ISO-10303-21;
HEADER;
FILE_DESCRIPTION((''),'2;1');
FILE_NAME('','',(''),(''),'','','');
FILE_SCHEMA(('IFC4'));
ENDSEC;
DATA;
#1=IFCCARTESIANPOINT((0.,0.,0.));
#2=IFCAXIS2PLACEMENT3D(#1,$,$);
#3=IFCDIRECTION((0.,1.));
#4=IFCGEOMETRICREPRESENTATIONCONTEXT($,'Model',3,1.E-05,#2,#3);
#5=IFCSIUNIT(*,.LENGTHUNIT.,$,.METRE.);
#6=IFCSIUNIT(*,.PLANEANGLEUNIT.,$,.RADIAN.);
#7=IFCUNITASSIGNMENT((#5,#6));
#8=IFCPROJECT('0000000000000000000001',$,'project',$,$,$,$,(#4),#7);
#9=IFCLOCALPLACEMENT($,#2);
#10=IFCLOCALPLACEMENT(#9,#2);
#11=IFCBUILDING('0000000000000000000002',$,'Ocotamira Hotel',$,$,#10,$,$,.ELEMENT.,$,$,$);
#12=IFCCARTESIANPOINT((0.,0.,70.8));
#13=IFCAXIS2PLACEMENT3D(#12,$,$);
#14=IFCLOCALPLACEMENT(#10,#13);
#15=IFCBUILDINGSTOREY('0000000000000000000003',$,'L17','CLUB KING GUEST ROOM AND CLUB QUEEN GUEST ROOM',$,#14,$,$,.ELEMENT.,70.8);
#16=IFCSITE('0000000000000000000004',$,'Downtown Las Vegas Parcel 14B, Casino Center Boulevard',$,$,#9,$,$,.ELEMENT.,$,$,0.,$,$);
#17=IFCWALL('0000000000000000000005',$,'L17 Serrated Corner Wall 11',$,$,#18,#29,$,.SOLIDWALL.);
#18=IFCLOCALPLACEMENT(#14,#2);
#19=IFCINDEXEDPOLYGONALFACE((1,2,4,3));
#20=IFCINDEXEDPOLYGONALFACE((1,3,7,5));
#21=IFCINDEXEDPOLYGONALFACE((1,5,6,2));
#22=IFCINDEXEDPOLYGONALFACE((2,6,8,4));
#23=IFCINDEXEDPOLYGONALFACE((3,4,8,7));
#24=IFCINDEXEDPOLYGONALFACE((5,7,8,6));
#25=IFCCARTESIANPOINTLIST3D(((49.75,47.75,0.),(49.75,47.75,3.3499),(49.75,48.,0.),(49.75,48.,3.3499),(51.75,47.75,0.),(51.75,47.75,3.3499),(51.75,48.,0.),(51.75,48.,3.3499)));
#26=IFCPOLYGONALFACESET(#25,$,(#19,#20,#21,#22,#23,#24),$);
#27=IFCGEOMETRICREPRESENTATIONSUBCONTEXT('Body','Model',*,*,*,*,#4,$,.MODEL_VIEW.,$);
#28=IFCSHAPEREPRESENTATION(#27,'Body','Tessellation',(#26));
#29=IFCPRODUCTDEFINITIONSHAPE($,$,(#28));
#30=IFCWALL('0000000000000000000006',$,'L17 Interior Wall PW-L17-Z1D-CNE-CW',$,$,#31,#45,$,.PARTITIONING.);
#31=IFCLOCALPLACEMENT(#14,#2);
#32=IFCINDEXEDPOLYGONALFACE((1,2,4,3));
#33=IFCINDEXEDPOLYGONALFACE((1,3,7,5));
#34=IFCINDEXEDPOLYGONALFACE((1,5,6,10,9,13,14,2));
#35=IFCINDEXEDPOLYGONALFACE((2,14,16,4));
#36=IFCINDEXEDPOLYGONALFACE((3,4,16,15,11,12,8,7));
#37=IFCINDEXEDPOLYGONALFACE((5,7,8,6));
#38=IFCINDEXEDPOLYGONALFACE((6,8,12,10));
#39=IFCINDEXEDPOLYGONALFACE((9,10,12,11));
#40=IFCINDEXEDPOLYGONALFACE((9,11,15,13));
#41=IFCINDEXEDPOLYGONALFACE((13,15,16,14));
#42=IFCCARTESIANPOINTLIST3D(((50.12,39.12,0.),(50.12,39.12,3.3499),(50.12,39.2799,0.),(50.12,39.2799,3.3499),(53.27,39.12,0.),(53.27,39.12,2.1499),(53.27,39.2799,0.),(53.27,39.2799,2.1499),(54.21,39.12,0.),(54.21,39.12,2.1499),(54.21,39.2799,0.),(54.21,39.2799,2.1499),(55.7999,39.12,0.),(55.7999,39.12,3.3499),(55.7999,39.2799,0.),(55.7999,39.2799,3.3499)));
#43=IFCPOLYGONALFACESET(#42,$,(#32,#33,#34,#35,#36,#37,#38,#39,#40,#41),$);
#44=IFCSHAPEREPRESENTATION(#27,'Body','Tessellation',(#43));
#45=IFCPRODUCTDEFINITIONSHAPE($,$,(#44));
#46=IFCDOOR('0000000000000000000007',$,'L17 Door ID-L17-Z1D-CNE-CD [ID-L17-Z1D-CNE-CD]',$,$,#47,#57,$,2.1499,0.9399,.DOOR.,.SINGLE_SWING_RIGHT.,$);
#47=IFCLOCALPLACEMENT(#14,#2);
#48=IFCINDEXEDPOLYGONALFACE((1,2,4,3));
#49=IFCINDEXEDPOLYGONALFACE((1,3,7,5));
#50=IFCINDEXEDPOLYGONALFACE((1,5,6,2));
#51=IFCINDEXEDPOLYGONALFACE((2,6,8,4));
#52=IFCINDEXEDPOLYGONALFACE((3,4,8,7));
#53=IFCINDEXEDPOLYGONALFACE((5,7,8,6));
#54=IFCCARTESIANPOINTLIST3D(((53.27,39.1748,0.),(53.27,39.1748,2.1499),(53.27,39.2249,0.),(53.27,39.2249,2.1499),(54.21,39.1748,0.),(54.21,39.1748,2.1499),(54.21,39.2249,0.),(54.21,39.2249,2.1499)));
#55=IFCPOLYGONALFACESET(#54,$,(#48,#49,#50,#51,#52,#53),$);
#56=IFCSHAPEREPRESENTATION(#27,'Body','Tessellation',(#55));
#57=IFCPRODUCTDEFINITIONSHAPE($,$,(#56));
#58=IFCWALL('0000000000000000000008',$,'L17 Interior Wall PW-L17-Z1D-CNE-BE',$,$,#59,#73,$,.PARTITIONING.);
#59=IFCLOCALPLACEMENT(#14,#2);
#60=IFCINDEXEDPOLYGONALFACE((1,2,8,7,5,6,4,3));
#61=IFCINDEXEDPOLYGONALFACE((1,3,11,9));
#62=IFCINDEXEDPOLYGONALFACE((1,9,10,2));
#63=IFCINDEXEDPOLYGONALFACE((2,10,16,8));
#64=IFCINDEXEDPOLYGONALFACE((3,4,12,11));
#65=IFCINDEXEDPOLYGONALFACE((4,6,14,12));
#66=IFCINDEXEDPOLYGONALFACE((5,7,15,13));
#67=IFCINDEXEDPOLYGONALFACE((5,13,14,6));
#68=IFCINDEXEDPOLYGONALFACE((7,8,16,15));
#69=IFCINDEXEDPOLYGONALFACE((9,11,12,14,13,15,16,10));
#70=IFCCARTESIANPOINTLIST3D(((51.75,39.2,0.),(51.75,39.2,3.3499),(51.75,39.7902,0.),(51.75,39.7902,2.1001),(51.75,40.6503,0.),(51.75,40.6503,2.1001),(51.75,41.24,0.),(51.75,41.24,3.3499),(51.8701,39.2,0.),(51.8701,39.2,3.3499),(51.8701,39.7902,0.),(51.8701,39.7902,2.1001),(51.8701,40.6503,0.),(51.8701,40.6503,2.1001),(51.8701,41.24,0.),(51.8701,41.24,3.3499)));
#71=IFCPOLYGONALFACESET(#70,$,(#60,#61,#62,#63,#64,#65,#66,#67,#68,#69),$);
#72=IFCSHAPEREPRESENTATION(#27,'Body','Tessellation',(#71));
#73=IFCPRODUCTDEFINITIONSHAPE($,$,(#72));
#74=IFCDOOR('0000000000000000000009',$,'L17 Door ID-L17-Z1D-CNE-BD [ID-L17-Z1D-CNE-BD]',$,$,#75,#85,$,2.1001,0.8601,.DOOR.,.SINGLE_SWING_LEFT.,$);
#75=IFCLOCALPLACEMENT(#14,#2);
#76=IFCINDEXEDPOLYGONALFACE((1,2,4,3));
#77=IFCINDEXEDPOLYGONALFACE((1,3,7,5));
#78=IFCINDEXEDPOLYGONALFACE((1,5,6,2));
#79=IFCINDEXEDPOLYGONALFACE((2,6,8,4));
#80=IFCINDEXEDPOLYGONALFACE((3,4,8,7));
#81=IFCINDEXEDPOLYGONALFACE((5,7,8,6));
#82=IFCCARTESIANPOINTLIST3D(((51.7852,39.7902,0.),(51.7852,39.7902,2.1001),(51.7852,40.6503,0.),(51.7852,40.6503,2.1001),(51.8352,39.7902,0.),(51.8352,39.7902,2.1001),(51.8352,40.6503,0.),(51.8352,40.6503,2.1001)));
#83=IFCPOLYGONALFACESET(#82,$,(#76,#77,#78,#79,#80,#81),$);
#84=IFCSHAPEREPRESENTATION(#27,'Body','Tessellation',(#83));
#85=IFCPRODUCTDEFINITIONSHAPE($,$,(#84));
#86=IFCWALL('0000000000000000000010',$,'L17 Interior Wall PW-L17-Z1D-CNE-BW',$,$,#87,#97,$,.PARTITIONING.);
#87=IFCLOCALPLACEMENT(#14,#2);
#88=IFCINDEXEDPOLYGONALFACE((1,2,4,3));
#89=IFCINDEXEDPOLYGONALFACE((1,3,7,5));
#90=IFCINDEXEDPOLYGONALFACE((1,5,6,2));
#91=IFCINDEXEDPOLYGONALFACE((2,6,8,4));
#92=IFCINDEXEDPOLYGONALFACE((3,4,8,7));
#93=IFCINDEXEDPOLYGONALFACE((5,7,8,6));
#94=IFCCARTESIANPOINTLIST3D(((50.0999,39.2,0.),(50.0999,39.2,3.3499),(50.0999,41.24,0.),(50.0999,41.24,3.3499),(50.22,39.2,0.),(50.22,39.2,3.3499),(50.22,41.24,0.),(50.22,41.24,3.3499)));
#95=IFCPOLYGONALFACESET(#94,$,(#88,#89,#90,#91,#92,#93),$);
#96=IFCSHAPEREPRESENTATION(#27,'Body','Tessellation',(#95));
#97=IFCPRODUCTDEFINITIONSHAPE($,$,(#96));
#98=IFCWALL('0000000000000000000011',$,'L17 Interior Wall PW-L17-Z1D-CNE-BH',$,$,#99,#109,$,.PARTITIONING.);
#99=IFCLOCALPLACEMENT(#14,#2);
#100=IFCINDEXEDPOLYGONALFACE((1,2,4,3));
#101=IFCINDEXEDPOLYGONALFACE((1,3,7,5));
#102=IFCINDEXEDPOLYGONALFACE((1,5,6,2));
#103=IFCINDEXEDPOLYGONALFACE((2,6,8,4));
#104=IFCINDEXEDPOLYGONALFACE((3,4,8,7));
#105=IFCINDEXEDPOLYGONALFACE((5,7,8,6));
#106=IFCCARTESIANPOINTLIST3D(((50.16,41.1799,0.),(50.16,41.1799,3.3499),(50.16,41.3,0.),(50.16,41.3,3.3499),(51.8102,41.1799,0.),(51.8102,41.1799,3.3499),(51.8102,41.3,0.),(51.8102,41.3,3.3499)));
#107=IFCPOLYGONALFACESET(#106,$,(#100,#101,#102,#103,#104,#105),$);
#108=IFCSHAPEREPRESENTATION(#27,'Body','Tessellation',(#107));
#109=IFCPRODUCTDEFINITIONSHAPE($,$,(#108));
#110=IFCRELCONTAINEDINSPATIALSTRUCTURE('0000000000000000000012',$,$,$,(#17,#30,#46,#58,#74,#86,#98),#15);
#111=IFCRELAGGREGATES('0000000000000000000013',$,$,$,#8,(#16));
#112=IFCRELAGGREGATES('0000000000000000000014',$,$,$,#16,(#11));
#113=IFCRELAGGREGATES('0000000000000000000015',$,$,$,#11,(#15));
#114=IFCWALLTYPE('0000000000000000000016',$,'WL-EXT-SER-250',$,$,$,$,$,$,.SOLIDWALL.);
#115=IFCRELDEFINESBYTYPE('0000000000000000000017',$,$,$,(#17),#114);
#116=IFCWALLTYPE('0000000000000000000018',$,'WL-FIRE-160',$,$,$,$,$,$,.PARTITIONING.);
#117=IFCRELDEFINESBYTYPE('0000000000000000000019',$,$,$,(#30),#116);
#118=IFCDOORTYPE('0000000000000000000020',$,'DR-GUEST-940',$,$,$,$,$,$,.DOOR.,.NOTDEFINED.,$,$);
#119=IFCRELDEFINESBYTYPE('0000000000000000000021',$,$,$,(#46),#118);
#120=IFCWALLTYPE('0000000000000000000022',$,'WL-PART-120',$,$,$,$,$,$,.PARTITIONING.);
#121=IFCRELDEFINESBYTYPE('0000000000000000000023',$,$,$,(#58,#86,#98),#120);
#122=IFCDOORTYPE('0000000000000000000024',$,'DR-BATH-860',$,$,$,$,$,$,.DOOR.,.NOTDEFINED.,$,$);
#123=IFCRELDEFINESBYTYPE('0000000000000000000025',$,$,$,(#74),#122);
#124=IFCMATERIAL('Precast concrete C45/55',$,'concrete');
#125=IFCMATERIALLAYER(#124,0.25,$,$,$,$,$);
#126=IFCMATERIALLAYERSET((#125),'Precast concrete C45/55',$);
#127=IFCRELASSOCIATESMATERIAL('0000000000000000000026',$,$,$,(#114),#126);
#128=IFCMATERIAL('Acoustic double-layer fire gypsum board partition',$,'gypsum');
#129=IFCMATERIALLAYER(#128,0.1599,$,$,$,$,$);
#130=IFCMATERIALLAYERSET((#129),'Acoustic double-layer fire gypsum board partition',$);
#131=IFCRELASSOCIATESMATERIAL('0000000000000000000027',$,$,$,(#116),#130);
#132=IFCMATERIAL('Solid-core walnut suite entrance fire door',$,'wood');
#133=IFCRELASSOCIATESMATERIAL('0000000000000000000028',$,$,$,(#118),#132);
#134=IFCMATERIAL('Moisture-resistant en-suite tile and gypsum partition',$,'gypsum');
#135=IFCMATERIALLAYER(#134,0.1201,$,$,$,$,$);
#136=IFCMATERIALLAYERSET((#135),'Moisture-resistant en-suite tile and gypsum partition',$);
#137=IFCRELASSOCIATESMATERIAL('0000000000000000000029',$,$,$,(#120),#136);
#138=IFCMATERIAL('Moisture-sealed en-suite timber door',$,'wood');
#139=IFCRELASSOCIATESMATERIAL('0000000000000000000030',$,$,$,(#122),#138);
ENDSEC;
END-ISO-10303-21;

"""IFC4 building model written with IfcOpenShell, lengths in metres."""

from ifc_helpers import new_model, si_unit, direction, frame, frame_2d, origin, place, context, subcontext, project, spatial, rectangle, extrude, source, transform, mapped, material, layer, layer_set, type_object, element, fill, save


model = new_model("IFC4")

# Units and contexts
model_context = context("Model", 3, precision=1e-05, world=origin(), true_north=direction((0.0, 1.0)))
body_context = subcontext(model_context, "Body", "Model", "MODEL_VIEW")
ifc_project = project(units=[si_unit("LENGTHUNIT", "METRE"), si_unit("PLANEANGLEUNIT", "RADIAN")], contexts=[model_context])

# Site, building, storey
site_placement = place(None, origin())
site = spatial("IfcSite", under=ifc_project, at=site_placement, Name="Downtown Las Vegas Parcel 14B, Casino Center Boulevard", CompositionType="ELEMENT", RefElevation=0.0)
building_placement = place(site_placement, origin())
building = spatial("IfcBuilding", under=site, at=building_placement, Name="Ocotamira Hotel", CompositionType="ELEMENT")
storey_placement = place(building_placement, frame((0.0, 0.0, 70.8)))
storey = spatial("IfcBuildingStorey", under=building, at=storey_placement, Name="L17", Description="CLUB KING GUEST ROOM AND CLUB QUEEN GUEST ROOM", CompositionType="ELEMENT", Elevation=70.8)

# Wall
ifc_material_1 = material(Name="Precast concrete C45/55", Category="concrete")
ifc_layer_1 = layer(ifc_material_1, 0.25)
ifc_layer_set_1 = layer_set([ifc_layer_1], Name="Precast concrete C45/55")
wall_type_1 = type_object("IfcWallType", Name="WL-EXT-SER-250", PredefinedType="SOLIDWALL", material=ifc_layer_set_1)
for number, where, z_axis, x_axis, name in (
    (1, (51.75, 47.875, 0.0), (0.0, 0.0, 1.0), (-1.0, 0.0, 0.0), "L17 Serrated Corner Wall 11"),
):
    element("IfcWall", number, at=place(storey_placement, frame(where, z_axis=z_axis, x_axis=x_axis)), inside=storey, type_object=wall_type_1, Name=name, PredefinedType="SOLIDWALL", context=body_context, shape_type="SweptSolid", body=[
        extrude(rectangle(XDim=2.0, YDim=0.25, at=frame_2d((1.0, 0.0))), origin(), (0.0, 0.0, 1.0), 3.3499),
    ])

# Walls, openings, doors
ifc_material_2 = material(Name="Acoustic double-layer fire gypsum board partition", Category="gypsum")
ifc_layer_2 = layer(ifc_material_2, 0.1599)
ifc_layer_set_2 = layer_set([ifc_layer_2], Name="Acoustic double-layer fire gypsum board partition")
wall_type_2 = type_object("IfcWallType", Name="WL-FIRE-160", PredefinedType="PARTITIONING", material=ifc_layer_set_2)
wall_1_placement = place(storey_placement, frame((50.1201, 39.2, 0.0), z_axis=(0.0, 0.0, 1.0), x_axis=(1.0, 0.0, 0.0)))
wall_1 = element("IfcWall", 2, at=wall_1_placement, inside=storey, type_object=wall_type_2, Name="L17 Interior Wall PW-L17-Z1D-CNE-CW", PredefinedType="PARTITIONING", context=body_context, shape_type="SweptSolid", body=[
    extrude(rectangle(XDim=5.6799, YDim=0.1599, at=frame_2d((2.8398, 0.0))), origin(), (0.0, 0.0, 1.0), 3.3499),
])
opening_1_placement = place(wall_1_placement, frame((3.1499, 0.0, 0.0)))
opening_1 = element("IfcOpeningElement", 3, at=opening_1_placement, cuts=wall_1, PredefinedType="OPENING", context=body_context, shape_type="SweptSolid", body=[
    extrude(rectangle(XDim=0.9399, YDim=2.1499, at=frame_2d((0.47, 1.075))), frame((0.0, 0.0898, 0.0), z_axis=(0.0, -1.0, 0.0), x_axis=(1.0, 0.0, 0.0)), (0.0, 0.0, 1.0), 0.1799),
])
ifc_material_3 = material(Name="Solid-core walnut suite entrance fire door", Category="wood")
door_type_1 = type_object("IfcDoorType", Name="DR-GUEST-940", OperationType="NOTDEFINED", PredefinedType="DOOR", material=ifc_material_3)
shared_shape_1 = source(origin(), body_context, "Body", "SweptSolid", [
    extrude(rectangle(XDim=0.9399, YDim=2.1499, at=frame_2d((0.47, 1.075))), frame((0.0, 0.0249, 0.0), z_axis=(0.0, -1.0, 0.0), x_axis=(1.0, 0.0, 0.0)), (0.0, 0.0, 1.0), 0.05),
])
door_1_placement = place(opening_1_placement, origin())
door_1 = element("IfcDoor", 4, at=door_1_placement, inside=storey, type_object=door_type_1, Name="L17 Door ID-L17-Z1D-CNE-CD [ID-L17-Z1D-CNE-CD]", OperationType="SINGLE_SWING_RIGHT", OverallHeight=2.1499, OverallWidth=0.9399, PredefinedType="DOOR", context=body_context, shape_type="MappedRepresentation", body=[
    mapped(shared_shape_1, transform((0.0, 0.0, 0.0), scale=1.0)),
])
fill(opening_1, door_1)
ifc_material_4 = material(Name="Moisture-resistant en-suite tile and gypsum partition", Category="gypsum")
ifc_layer_3 = layer(ifc_material_4, 0.1201)
ifc_layer_set_3 = layer_set([ifc_layer_3], Name="Moisture-resistant en-suite tile and gypsum partition")
wall_type_3 = type_object("IfcWallType", Name="WL-PART-120", PredefinedType="PARTITIONING", material=ifc_layer_set_3)
wall_2_placement = place(storey_placement, frame((51.8101, 39.2, 0.0), z_axis=(0.0, 0.0, 1.0), x_axis=(0.0, 1.0, 0.0)))
wall_2 = element("IfcWall", 5, at=wall_2_placement, inside=storey, type_object=wall_type_3, Name="L17 Interior Wall PW-L17-Z1D-CNE-BE", PredefinedType="PARTITIONING", context=body_context, shape_type="SweptSolid", body=[
    extrude(rectangle(XDim=2.04, YDim=0.1201, at=frame_2d((1.02, 0.0))), origin(), (0.0, 0.0, 1.0), 3.3499),
])
opening_2_placement = place(wall_2_placement, frame((0.5901, 0.0, 0.0)))
opening_2 = element("IfcOpeningElement", 6, at=opening_2_placement, cuts=wall_2, PredefinedType="OPENING", context=body_context, shape_type="SweptSolid", body=[
    extrude(rectangle(XDim=0.8601, YDim=2.1001, at=frame_2d((0.4302, 1.05))), frame((0.0, 0.0701, 0.0), z_axis=(0.0, -1.0, 0.0), x_axis=(1.0, 0.0, 0.0)), (0.0, 0.0, 1.0), 0.1401),
])
ifc_material_5 = material(Name="Moisture-sealed en-suite timber door", Category="wood")
door_type_2 = type_object("IfcDoorType", Name="DR-BATH-860", OperationType="NOTDEFINED", PredefinedType="DOOR", material=ifc_material_5)
shared_shape_2 = source(origin(), body_context, "Body", "SweptSolid", [
    extrude(rectangle(XDim=0.8601, YDim=2.1001, at=frame_2d((0.4302, 1.05))), frame((0.0, 0.0249, 0.0), z_axis=(0.0, -1.0, 0.0), x_axis=(1.0, 0.0, 0.0)), (0.0, 0.0, 1.0), 0.05),
])
door_2_placement = place(opening_2_placement, origin())
door_2 = element("IfcDoor", 7, at=door_2_placement, inside=storey, type_object=door_type_2, Name="L17 Door ID-L17-Z1D-CNE-BD [ID-L17-Z1D-CNE-BD]", OperationType="SINGLE_SWING_LEFT", OverallHeight=2.1001, OverallWidth=0.8601, PredefinedType="DOOR", context=body_context, shape_type="MappedRepresentation", body=[
    mapped(shared_shape_2, transform((0.0, 0.0, 0.0), scale=1.0)),
])
fill(opening_2, door_2)

# Walls
wall_3_placement = place(storey_placement, frame((50.1599, 39.2, 0.0), z_axis=(0.0, 0.0, 1.0), x_axis=(0.0, 1.0, 0.0)))
element("IfcWall", 8, at=wall_3_placement, inside=storey, type_object=wall_type_3, Name="L17 Interior Wall PW-L17-Z1D-CNE-BW", PredefinedType="PARTITIONING", context=body_context, shape_type="SweptSolid", body=[
    extrude(rectangle(XDim=2.04, YDim=0.1201, at=frame_2d((1.02, 0.0))), origin(), (0.0, 0.0, 1.0), 3.3499),
])
wall_4_placement = place(storey_placement, frame((50.1599, 41.24, 0.0), z_axis=(0.0, 0.0, 1.0), x_axis=(1.0, 0.0, 0.0)))
element("IfcWall", 9, at=wall_4_placement, inside=storey, type_object=wall_type_3, Name="L17 Interior Wall PW-L17-Z1D-CNE-BH", PredefinedType="PARTITIONING", context=body_context, shape_type="SweptSolid", body=[
    extrude(rectangle(XDim=1.6501, YDim=0.1201, at=frame_2d((0.8252, 0.0))), origin(), (0.0, 0.0, 1.0), 3.3499),
])

save(model, "model.ifc")
